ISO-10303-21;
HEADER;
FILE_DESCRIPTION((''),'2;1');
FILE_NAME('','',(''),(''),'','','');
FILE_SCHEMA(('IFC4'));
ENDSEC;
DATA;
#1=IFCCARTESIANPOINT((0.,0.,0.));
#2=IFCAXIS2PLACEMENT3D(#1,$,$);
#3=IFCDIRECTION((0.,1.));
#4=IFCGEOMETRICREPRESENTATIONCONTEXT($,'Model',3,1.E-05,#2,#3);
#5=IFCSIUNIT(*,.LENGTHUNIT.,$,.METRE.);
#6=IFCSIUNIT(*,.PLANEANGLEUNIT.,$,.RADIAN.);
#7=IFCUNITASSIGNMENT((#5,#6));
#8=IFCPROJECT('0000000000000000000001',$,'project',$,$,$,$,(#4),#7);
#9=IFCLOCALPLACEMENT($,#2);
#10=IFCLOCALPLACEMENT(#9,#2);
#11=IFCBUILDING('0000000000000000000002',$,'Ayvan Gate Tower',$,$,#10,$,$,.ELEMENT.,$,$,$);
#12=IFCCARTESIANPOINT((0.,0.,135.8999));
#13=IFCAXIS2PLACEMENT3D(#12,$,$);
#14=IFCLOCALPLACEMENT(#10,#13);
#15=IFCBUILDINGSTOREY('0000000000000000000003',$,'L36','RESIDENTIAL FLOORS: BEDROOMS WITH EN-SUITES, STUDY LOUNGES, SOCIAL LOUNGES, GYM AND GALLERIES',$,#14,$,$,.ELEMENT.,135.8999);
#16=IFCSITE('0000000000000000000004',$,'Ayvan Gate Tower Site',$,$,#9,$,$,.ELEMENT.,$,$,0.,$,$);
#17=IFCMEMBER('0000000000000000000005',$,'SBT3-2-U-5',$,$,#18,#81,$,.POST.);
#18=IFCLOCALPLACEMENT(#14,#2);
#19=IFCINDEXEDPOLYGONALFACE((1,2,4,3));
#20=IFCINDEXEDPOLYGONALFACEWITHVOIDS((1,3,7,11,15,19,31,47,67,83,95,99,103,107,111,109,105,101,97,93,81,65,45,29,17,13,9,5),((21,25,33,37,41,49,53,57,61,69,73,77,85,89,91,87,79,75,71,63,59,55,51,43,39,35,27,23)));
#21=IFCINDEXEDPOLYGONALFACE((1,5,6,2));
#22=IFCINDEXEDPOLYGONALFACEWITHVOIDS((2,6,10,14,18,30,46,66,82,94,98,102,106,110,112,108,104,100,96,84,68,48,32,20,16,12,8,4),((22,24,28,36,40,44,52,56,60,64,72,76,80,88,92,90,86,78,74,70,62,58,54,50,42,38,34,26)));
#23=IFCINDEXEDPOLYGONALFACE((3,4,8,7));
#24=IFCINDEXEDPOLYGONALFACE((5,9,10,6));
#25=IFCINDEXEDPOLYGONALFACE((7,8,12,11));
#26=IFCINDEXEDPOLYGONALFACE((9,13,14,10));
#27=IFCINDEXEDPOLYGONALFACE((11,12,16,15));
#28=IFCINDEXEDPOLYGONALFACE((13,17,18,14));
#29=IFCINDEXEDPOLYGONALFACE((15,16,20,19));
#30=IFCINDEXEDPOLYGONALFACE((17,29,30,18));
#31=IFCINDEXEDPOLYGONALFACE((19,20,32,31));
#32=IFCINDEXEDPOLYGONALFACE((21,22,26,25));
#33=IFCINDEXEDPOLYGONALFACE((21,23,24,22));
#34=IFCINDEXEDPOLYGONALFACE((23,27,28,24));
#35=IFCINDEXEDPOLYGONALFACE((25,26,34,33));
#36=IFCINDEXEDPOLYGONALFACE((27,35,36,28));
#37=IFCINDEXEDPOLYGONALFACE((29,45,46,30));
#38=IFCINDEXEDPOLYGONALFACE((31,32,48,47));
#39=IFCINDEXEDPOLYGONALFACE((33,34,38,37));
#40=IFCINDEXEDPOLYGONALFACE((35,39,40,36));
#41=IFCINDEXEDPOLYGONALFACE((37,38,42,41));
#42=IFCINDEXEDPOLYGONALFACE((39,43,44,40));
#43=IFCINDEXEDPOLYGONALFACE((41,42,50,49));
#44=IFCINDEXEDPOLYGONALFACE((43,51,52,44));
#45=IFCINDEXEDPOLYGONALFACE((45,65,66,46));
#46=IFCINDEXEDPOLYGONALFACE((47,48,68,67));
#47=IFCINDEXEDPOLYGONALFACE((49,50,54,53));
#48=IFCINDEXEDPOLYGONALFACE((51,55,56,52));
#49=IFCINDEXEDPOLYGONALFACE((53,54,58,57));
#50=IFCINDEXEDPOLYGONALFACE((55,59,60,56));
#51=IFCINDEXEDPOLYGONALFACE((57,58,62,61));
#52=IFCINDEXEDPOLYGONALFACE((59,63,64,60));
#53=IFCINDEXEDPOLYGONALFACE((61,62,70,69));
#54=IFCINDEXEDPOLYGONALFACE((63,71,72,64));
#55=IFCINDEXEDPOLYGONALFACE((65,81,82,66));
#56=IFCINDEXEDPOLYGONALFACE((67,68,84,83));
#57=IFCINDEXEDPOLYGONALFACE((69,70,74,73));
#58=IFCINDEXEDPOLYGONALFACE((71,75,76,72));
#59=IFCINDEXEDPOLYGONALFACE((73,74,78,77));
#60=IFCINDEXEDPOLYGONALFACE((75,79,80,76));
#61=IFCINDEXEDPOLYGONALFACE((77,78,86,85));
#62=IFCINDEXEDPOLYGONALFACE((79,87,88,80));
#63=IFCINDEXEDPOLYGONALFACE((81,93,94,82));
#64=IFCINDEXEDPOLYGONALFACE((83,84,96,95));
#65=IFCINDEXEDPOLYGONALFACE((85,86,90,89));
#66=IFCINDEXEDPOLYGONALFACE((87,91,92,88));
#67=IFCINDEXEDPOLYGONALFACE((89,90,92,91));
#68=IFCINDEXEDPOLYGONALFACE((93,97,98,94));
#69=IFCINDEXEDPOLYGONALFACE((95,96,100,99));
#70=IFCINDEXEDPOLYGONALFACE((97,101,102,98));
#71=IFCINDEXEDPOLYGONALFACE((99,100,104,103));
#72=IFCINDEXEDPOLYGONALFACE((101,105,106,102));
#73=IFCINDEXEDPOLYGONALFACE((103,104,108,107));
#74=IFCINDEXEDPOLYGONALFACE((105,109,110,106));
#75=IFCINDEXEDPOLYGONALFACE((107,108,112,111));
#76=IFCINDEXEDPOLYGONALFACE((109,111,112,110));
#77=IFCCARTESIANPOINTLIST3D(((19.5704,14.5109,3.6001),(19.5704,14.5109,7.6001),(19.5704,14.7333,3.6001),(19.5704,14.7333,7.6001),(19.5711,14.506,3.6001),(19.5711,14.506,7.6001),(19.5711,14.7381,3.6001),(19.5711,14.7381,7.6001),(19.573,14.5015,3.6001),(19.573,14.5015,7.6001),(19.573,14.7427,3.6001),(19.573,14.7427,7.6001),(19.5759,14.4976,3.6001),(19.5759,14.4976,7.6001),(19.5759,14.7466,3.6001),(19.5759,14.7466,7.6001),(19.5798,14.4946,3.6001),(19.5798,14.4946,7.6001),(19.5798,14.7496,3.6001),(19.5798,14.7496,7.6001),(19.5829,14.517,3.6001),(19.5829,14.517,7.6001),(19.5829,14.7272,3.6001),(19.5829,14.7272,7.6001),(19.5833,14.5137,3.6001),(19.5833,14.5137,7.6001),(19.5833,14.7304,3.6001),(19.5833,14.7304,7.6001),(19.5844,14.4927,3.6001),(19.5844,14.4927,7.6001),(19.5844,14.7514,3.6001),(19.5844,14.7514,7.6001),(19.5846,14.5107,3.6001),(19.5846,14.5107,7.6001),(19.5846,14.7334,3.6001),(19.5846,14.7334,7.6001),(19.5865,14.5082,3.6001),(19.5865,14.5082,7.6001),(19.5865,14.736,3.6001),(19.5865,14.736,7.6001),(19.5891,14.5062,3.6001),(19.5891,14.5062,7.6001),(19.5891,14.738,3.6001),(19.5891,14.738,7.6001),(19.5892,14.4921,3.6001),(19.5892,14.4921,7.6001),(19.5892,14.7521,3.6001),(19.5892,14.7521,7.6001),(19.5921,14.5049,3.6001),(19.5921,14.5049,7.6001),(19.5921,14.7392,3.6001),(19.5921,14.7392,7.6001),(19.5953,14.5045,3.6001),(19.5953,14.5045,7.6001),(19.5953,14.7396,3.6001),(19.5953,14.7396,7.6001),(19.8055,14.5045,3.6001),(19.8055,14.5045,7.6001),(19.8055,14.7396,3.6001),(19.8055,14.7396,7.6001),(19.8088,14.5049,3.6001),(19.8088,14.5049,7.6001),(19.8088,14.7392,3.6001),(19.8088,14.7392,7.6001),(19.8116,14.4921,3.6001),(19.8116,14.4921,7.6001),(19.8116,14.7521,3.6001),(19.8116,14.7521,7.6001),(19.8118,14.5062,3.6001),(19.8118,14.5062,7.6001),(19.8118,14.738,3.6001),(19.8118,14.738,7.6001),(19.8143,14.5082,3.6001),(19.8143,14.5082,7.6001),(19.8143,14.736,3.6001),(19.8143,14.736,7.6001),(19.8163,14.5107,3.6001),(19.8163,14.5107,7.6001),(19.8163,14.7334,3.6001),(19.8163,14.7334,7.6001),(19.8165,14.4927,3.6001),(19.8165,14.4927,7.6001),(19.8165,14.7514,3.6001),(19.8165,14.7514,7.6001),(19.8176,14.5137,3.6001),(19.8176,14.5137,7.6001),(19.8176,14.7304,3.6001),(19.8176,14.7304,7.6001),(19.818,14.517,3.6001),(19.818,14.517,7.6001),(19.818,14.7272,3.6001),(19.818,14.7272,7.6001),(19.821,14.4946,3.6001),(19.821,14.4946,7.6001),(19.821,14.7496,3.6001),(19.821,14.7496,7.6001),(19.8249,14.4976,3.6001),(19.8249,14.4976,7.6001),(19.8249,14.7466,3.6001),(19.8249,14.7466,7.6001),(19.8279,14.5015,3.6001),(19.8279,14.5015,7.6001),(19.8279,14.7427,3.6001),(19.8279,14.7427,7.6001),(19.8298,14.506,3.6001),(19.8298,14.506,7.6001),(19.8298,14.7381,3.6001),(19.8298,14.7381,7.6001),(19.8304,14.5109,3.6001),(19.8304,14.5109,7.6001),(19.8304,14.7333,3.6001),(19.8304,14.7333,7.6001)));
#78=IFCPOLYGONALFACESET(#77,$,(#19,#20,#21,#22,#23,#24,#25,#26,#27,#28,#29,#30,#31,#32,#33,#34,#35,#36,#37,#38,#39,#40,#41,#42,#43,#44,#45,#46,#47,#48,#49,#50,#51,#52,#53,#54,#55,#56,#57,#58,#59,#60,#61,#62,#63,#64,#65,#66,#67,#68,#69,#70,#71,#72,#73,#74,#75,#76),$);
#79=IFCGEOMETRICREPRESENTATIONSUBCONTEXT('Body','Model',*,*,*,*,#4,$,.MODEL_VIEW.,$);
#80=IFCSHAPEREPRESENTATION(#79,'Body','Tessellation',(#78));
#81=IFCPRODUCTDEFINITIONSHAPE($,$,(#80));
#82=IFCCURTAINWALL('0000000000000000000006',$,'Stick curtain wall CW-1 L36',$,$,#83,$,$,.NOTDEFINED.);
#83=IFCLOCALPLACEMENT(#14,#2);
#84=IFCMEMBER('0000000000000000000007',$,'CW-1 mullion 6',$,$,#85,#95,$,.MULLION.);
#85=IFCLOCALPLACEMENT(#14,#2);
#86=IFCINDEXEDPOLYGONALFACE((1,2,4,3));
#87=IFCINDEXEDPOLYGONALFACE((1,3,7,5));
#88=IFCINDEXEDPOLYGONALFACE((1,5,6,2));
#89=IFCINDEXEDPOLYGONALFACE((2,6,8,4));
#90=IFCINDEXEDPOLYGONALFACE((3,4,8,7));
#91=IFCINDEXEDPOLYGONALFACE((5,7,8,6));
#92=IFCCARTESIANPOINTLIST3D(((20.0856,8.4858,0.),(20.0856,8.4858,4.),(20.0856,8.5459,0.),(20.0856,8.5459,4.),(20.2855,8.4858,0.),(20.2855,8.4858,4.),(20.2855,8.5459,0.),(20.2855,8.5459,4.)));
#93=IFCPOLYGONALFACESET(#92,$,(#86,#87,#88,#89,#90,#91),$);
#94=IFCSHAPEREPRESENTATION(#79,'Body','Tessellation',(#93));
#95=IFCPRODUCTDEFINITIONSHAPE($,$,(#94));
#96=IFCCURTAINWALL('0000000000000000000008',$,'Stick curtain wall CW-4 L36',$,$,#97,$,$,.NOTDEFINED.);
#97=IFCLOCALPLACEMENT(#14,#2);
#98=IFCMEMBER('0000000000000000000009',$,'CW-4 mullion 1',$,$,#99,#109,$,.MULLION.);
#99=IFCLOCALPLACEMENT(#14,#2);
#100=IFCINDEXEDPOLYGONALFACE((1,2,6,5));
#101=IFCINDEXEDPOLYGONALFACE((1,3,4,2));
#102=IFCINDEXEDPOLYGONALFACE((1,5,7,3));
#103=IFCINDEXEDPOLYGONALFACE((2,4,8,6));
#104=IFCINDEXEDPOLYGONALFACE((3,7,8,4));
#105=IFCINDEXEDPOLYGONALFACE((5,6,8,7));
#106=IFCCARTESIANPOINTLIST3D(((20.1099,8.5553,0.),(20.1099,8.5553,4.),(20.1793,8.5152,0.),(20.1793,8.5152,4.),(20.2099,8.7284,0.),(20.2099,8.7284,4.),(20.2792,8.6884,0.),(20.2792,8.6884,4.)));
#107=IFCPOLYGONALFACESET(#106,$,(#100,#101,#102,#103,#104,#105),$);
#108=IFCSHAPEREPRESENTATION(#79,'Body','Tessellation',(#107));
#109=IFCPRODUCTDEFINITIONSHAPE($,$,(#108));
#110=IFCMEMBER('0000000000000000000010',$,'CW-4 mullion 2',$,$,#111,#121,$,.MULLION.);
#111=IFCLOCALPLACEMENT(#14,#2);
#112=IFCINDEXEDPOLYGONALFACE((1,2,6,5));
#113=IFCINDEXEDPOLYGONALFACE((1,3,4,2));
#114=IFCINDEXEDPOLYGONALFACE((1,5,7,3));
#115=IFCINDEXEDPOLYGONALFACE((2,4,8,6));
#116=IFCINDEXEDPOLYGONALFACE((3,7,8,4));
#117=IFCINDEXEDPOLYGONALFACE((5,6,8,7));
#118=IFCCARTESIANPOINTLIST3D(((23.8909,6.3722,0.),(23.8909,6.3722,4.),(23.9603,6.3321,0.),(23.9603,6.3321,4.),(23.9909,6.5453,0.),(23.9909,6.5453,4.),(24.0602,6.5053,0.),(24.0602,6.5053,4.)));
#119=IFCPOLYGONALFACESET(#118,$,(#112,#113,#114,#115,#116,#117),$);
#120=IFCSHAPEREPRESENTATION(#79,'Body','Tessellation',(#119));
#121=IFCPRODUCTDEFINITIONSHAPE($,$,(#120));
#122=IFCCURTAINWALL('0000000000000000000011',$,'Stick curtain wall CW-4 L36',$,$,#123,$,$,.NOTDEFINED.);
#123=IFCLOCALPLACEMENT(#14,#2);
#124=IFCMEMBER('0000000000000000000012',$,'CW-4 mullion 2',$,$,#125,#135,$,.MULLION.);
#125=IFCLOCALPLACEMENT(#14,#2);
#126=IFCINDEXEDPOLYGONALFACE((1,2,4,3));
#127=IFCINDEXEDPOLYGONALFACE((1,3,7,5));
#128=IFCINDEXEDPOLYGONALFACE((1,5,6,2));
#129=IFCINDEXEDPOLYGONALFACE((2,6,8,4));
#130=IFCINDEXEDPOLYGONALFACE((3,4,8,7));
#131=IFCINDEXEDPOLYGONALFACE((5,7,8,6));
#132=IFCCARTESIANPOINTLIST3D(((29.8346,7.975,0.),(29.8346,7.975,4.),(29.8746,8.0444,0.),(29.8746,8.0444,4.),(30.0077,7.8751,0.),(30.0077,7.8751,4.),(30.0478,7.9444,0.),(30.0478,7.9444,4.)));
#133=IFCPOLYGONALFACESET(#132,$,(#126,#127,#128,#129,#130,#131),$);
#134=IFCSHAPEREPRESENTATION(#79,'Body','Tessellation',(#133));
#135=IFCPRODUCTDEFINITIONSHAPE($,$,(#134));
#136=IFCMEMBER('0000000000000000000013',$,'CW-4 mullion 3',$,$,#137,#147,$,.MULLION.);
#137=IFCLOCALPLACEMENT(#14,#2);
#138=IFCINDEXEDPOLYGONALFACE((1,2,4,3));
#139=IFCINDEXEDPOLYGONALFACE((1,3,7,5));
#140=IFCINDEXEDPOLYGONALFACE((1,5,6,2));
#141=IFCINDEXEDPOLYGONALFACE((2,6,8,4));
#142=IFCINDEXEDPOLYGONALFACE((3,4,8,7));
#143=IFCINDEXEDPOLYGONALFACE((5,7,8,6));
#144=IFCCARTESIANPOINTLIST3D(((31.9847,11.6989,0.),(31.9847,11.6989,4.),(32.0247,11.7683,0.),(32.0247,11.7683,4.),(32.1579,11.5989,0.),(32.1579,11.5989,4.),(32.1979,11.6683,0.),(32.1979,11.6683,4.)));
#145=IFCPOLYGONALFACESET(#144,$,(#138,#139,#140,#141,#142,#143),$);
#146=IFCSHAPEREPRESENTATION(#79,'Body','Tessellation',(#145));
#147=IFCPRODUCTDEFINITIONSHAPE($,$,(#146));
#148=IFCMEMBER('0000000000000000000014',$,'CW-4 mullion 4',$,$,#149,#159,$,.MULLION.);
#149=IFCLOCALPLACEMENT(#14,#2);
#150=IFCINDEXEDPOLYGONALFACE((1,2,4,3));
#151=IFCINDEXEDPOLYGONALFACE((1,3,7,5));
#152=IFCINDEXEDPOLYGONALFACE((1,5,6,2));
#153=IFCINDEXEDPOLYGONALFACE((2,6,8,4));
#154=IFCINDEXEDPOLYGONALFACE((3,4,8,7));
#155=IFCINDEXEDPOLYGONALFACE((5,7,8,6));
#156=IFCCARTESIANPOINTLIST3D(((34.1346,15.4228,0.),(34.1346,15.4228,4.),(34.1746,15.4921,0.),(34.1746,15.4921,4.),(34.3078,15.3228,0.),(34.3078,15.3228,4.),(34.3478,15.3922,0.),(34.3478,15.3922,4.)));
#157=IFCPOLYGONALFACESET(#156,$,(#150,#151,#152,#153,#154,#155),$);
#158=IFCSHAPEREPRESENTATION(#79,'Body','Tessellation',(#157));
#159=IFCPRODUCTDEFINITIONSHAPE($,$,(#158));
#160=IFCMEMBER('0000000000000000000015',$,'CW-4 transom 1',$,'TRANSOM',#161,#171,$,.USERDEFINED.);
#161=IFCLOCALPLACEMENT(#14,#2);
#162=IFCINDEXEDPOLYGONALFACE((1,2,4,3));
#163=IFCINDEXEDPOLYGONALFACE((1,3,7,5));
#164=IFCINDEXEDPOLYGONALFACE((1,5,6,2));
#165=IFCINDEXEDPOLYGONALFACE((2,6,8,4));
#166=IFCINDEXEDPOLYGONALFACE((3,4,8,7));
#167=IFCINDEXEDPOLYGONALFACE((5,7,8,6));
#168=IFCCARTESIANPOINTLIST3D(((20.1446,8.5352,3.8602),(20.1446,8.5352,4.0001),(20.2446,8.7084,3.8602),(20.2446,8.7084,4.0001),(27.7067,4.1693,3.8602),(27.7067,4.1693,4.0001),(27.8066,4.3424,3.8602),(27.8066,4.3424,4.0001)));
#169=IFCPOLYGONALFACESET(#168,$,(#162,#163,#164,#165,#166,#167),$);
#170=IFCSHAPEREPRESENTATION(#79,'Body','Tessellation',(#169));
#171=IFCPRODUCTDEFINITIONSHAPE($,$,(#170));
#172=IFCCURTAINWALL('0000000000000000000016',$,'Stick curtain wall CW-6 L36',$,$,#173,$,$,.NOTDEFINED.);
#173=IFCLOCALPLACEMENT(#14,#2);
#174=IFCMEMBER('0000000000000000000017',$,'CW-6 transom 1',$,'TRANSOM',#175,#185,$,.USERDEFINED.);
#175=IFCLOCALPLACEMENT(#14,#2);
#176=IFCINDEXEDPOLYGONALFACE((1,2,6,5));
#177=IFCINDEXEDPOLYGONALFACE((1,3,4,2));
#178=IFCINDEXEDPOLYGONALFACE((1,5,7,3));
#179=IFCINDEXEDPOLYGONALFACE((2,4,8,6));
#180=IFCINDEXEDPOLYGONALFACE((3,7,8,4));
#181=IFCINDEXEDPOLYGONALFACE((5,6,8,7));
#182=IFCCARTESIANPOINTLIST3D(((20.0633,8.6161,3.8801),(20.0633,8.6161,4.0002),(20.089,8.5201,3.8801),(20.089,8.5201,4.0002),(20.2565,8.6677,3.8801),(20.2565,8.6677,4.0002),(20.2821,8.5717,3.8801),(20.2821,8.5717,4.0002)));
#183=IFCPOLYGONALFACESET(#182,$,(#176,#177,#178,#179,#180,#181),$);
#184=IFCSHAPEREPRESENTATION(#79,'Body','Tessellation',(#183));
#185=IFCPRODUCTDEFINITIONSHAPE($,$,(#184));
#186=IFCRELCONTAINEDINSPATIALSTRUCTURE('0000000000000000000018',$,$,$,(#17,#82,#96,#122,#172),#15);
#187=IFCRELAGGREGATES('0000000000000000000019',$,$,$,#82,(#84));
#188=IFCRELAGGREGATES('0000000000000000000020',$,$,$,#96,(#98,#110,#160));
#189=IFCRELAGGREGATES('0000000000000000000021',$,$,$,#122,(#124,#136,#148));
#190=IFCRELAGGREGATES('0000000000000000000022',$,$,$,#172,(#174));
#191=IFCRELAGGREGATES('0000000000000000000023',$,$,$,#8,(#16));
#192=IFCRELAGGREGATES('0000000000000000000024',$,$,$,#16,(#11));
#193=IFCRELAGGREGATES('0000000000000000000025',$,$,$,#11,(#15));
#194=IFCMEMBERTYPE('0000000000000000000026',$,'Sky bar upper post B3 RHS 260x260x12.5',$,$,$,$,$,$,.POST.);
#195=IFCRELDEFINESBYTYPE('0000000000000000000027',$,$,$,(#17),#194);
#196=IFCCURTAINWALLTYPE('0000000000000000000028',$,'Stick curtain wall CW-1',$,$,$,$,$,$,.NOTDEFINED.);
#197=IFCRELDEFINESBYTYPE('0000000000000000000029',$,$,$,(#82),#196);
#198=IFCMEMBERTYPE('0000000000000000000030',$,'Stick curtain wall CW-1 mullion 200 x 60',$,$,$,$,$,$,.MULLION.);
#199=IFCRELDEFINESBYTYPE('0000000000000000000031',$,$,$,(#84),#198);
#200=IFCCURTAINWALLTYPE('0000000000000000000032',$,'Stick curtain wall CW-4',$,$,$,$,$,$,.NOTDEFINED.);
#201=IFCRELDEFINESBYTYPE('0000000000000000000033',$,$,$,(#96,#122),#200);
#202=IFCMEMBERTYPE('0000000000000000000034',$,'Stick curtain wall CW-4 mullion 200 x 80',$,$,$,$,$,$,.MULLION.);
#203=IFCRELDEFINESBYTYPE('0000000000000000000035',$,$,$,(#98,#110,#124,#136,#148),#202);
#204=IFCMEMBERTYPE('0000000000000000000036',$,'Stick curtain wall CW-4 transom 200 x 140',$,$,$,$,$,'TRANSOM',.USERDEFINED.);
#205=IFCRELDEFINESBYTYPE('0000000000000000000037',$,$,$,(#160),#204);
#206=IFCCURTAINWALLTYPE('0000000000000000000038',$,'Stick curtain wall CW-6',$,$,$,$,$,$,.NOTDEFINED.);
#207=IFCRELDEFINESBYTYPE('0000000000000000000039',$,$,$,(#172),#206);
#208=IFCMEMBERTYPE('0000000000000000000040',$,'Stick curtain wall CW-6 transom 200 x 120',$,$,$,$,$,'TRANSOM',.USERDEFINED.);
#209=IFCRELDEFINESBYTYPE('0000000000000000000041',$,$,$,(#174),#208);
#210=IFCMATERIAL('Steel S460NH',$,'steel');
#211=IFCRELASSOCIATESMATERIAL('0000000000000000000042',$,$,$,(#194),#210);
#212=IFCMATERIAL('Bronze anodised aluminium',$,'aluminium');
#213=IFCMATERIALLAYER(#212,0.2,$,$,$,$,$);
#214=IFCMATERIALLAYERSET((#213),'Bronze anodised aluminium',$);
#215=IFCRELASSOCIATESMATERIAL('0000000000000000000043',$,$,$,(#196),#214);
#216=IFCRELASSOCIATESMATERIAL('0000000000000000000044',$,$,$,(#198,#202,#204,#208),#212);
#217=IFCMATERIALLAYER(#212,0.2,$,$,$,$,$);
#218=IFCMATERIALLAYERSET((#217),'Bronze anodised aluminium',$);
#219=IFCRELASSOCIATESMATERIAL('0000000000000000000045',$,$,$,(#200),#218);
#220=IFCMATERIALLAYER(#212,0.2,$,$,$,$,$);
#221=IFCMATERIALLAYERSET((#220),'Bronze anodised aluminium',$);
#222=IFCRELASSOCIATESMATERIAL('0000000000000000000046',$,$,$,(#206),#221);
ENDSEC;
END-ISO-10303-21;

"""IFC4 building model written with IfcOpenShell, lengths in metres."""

from ifc_helpers import new_model, si_unit, direction, frame, origin, origin_2d, place, context, subcontext, project, spatial, rectangle, hollow_rectangle, extrude, material, layer, layer_set, material_profile, profile_set, type_object, element, aggregate, save


model = new_model("IFC4")

# Units and contexts
model_context = context("Model", 3, precision=1e-05, world=origin(), true_north=direction((0.0, 1.0)))
body_context = subcontext(model_context, "Body", "Model", "MODEL_VIEW")
ifc_project = project(units=[si_unit("LENGTHUNIT", "METRE"), si_unit("PLANEANGLEUNIT", "RADIAN")], contexts=[model_context])

# Site, building, storey
site_placement = place(None, origin())
site = spatial("IfcSite", under=ifc_project, at=site_placement, Name="Ayvan Gate Tower Site", CompositionType="ELEMENT", RefElevation=0.0)
building_placement = place(site_placement, origin())
building = spatial("IfcBuilding", under=site, at=building_placement, Name="Ayvan Gate Tower", CompositionType="ELEMENT")
storey_placement = place(building_placement, frame((0.0, 0.0, 135.8999)))
storey = spatial("IfcBuildingStorey", under=building, at=storey_placement, Name="L36", Description="RESIDENTIAL FLOORS: BEDROOMS WITH EN-SUITES, STUDY LOUNGES, SOCIAL LOUNGES, GYM AND GALLERIES", CompositionType="ELEMENT", Elevation=135.8999)

# Member
ifc_material_1 = material(Name="Steel S460NH", Category="steel")
ifc_material_profile_1 = material_profile(ifc_material_1, hollow_rectangle(XDim=0.26, YDim=0.26, WallThickness=0.0125, InnerFilletRadius=0.0125, OuterFilletRadius=0.0188, at=origin_2d()), Name="RHS 260x260x12.5")
ifc_profile_set_1 = profile_set([ifc_material_profile_1], Name="Steel S460NH")
member_type_1 = type_object("IfcMemberType", Name="Sky bar upper post B3 RHS 260x260x12.5", PredefinedType="POST", material=ifc_profile_set_1)
for number, where, z_axis, x_axis, name in (
    (1, (19.7004, 14.6221, 3.6001), (0.0, 0.0, 1.0), (1.0, 0.0, 0.0), "SBT3-2-U-5"),
):
    element("IfcMember", number, at=place(storey_placement, frame(where, z_axis=z_axis, x_axis=x_axis)), inside=storey, type_object=member_type_1, Name=name, PredefinedType="POST", context=body_context, shape_type="SweptSolid", body=[
        extrude(hollow_rectangle(XDim=0.26, YDim=0.26, WallThickness=0.0125, InnerFilletRadius=0.0125, OuterFilletRadius=0.0188, at=origin_2d()), origin(), (0.0, 0.0, 1.0), 4.0),
    ])

# Curtain wall, member
ifc_material_2 = material(Name="Bronze anodised aluminium", Category="aluminium")
ifc_layer_1 = layer(ifc_material_2, 0.2)
ifc_layer_set_1 = layer_set([ifc_layer_1], Name="Bronze anodised aluminium")
curtain_wall_type_1 = type_object("IfcCurtainWallType", Name="Stick curtain wall CW-1", PredefinedType="NOTDEFINED", material=ifc_layer_set_1)
curtain_wall_1_placement = place(storey_placement, origin())
curtain_wall_1 = element("IfcCurtainWall", 2, at=curtain_wall_1_placement, inside=storey, type_object=curtain_wall_type_1, Name="Stick curtain wall CW-1 L36", PredefinedType="NOTDEFINED")
ifc_material_profile_2 = material_profile(ifc_material_2, rectangle(XDim=0.2, YDim=0.0601, at=origin_2d()), Name="Stick curtain wall CW-1 mullion 200 x 60")
ifc_profile_set_2 = profile_set([ifc_material_profile_2], Name="Bronze anodised aluminium")
member_type_2 = type_object("IfcMemberType", Name="Stick curtain wall CW-1 mullion 200 x 60", PredefinedType="MULLION", material=ifc_profile_set_2)
member_1_placement = place(storey_placement, frame((20.1855, 8.5159, 0.0), z_axis=(0.0, 0.0, 1.0), x_axis=(1.0, 0.0, 0.0)))
member_1 = element("IfcMember", 3, at=member_1_placement, type_object=member_type_2, Name="CW-1 mullion 6", PredefinedType="MULLION", context=body_context, shape_type="SweptSolid", body=[
    extrude(rectangle(XDim=0.2, YDim=0.0601, at=origin_2d()), origin(), (0.0, 0.0, 1.0), 4.0),
])

# Curtain walls, members
ifc_layer_2 = layer(ifc_material_2, 0.2)
ifc_layer_set_2 = layer_set([ifc_layer_2], Name="Bronze anodised aluminium")
curtain_wall_type_2 = type_object("IfcCurtainWallType", Name="Stick curtain wall CW-4", PredefinedType="NOTDEFINED", material=ifc_layer_set_2)
curtain_wall_2_placement = place(storey_placement, origin())
curtain_wall_2 = element("IfcCurtainWall", 4, at=curtain_wall_2_placement, inside=storey, type_object=curtain_wall_type_2, Name="Stick curtain wall CW-4 L36", PredefinedType="NOTDEFINED")
ifc_material_profile_3 = material_profile(ifc_material_2, rectangle(XDim=0.2, YDim=0.0801, at=origin_2d()), Name="Stick curtain wall CW-4 mullion 200 x 80")
ifc_profile_set_3 = profile_set([ifc_material_profile_3], Name="Bronze anodised aluminium")
member_type_3 = type_object("IfcMemberType", Name="Stick curtain wall CW-4 mullion 200 x 80", PredefinedType="MULLION", material=ifc_profile_set_3)
member_2_placement = place(storey_placement, frame((20.1946, 8.6218, 0.0), z_axis=(0.0, 0.0, 1.0), x_axis=(-0.5, -0.866025, 0.0)))
member_2 = element("IfcMember", 5, at=member_2_placement, type_object=member_type_3, Name="CW-4 mullion 1", PredefinedType="MULLION", context=body_context, shape_type="SweptSolid", body=[
    extrude(rectangle(XDim=0.2, YDim=0.0801, at=origin_2d()), origin(), (0.0, 0.0, 1.0), 4.0),
])
member_3_placement = place(storey_placement, frame((23.9756, 6.4387, 0.0), z_axis=(0.0, 0.0, 1.0), x_axis=(-0.5, -0.866025, 0.0)))
member_3 = element("IfcMember", 6, at=member_3_placement, type_object=member_type_3, Name="CW-4 mullion 2", PredefinedType="MULLION", context=body_context, shape_type="SweptSolid", body=[
    extrude(rectangle(XDim=0.2, YDim=0.0801, at=origin_2d()), origin(), (0.0, 0.0, 1.0), 4.0),
])
curtain_wall_3_placement = place(storey_placement, origin())
curtain_wall_3 = element("IfcCurtainWall", 7, at=curtain_wall_3_placement, inside=storey, type_object=curtain_wall_type_2, Name="Stick curtain wall CW-4 L36", PredefinedType="NOTDEFINED")
member_4_placement = place(storey_placement, frame((29.9412, 7.9597, 0.0), z_axis=(0.0, 0.0, 1.0), x_axis=(0.866025, -0.5, 0.0)))
member_4 = element("IfcMember", 8, at=member_4_placement, type_object=member_type_3, Name="CW-4 mullion 2", PredefinedType="MULLION", context=body_context, shape_type="SweptSolid", body=[
    extrude(rectangle(XDim=0.2, YDim=0.0801, at=origin_2d()), origin(), (0.0, 0.0, 1.0), 4.0),
])
member_5_placement = place(storey_placement, frame((32.0913, 11.6836, 0.0), z_axis=(0.0, 0.0, 1.0), x_axis=(0.866025, -0.5, 0.0)))
member_5 = element("IfcMember", 9, at=member_5_placement, type_object=member_type_3, Name="CW-4 mullion 3", PredefinedType="MULLION", context=body_context, shape_type="SweptSolid", body=[
    extrude(rectangle(XDim=0.2, YDim=0.0801, at=origin_2d()), origin(), (0.0, 0.0, 1.0), 4.0),
])
member_6_placement = place(storey_placement, frame((34.2412, 15.4075, 0.0), z_axis=(0.0, 0.0, 1.0), x_axis=(0.866025, -0.5, 0.0)))
member_6 = element("IfcMember", 10, at=member_6_placement, type_object=member_type_3, Name="CW-4 mullion 4", PredefinedType="MULLION", context=body_context, shape_type="SweptSolid", body=[
    extrude(rectangle(XDim=0.2, YDim=0.0801, at=origin_2d()), origin(), (0.0, 0.0, 1.0), 4.0),
])

# Member
ifc_material_profile_4 = material_profile(ifc_material_2, rectangle(XDim=0.2, YDim=0.1399, at=origin_2d()), Name="Stick curtain wall CW-4 transom 200 x 140")
ifc_profile_set_4 = profile_set([ifc_material_profile_4], Name="Bronze anodised aluminium")
member_type_4 = type_object("IfcMemberType", Name="Stick curtain wall CW-4 transom 200 x 140", ElementType="TRANSOM", PredefinedType="USERDEFINED", material=ifc_profile_set_4)
member_7_placement = place(storey_placement, frame((20.1946, 8.6218, 3.9302), z_axis=(0.866024, -0.500003, 0.0), x_axis=(0.500003, 0.866024, 0.0)))
member_7 = element("IfcMember", 11, at=member_7_placement, type_object=member_type_4, Name="CW-4 transom 1", ObjectType="TRANSOM", PredefinedType="USERDEFINED", context=body_context, shape_type="SweptSolid", body=[
    extrude(rectangle(XDim=0.2, YDim=0.1399, at=origin_2d()), origin(), (0.0, 0.0, 1.0), 8.7319),
])

# Curtain wall, member
ifc_layer_3 = layer(ifc_material_2, 0.2)
ifc_layer_set_3 = layer_set([ifc_layer_3], Name="Bronze anodised aluminium")
curtain_wall_type_3 = type_object("IfcCurtainWallType", Name="Stick curtain wall CW-6", PredefinedType="NOTDEFINED", material=ifc_layer_set_3)
curtain_wall_4_placement = place(storey_placement, origin())
curtain_wall_4 = element("IfcCurtainWall", 12, at=curtain_wall_4_placement, inside=storey, type_object=curtain_wall_type_3, Name="Stick curtain wall CW-6 L36", PredefinedType="NOTDEFINED")
ifc_material_profile_5 = material_profile(ifc_material_2, rectangle(XDim=0.2, YDim=0.1201, at=origin_2d()), Name="Stick curtain wall CW-6 transom 200 x 120")
ifc_profile_set_5 = profile_set([ifc_material_profile_5], Name="Bronze anodised aluminium")
member_type_5 = type_object("IfcMemberType", Name="Stick curtain wall CW-6 transom 200 x 120", ElementType="TRANSOM", PredefinedType="USERDEFINED", material=ifc_profile_set_5)
member_8_placement = place(storey_placement, frame((20.1855, 8.5459, 3.9402), z_axis=(-0.258122, 0.966112, 0.0), x_axis=(-0.966112, -0.258122, 0.0)))
member_8 = element("IfcMember", 13, at=member_8_placement, type_object=member_type_5, Name="CW-6 transom 1", ObjectType="TRANSOM", PredefinedType="USERDEFINED", context=body_context, shape_type="SweptSolid", body=[
    extrude(rectangle(XDim=0.2, YDim=0.1201, at=origin_2d()), origin(), (0.0, 0.0, 1.0), 0.0994),
])

aggregate(curtain_wall_1, [member_1])
aggregate(curtain_wall_2, [member_2, member_3, member_7])
aggregate(curtain_wall_3, [member_4, member_5, member_6])
aggregate(curtain_wall_4, [member_8])

save(model, "model.ifc")
